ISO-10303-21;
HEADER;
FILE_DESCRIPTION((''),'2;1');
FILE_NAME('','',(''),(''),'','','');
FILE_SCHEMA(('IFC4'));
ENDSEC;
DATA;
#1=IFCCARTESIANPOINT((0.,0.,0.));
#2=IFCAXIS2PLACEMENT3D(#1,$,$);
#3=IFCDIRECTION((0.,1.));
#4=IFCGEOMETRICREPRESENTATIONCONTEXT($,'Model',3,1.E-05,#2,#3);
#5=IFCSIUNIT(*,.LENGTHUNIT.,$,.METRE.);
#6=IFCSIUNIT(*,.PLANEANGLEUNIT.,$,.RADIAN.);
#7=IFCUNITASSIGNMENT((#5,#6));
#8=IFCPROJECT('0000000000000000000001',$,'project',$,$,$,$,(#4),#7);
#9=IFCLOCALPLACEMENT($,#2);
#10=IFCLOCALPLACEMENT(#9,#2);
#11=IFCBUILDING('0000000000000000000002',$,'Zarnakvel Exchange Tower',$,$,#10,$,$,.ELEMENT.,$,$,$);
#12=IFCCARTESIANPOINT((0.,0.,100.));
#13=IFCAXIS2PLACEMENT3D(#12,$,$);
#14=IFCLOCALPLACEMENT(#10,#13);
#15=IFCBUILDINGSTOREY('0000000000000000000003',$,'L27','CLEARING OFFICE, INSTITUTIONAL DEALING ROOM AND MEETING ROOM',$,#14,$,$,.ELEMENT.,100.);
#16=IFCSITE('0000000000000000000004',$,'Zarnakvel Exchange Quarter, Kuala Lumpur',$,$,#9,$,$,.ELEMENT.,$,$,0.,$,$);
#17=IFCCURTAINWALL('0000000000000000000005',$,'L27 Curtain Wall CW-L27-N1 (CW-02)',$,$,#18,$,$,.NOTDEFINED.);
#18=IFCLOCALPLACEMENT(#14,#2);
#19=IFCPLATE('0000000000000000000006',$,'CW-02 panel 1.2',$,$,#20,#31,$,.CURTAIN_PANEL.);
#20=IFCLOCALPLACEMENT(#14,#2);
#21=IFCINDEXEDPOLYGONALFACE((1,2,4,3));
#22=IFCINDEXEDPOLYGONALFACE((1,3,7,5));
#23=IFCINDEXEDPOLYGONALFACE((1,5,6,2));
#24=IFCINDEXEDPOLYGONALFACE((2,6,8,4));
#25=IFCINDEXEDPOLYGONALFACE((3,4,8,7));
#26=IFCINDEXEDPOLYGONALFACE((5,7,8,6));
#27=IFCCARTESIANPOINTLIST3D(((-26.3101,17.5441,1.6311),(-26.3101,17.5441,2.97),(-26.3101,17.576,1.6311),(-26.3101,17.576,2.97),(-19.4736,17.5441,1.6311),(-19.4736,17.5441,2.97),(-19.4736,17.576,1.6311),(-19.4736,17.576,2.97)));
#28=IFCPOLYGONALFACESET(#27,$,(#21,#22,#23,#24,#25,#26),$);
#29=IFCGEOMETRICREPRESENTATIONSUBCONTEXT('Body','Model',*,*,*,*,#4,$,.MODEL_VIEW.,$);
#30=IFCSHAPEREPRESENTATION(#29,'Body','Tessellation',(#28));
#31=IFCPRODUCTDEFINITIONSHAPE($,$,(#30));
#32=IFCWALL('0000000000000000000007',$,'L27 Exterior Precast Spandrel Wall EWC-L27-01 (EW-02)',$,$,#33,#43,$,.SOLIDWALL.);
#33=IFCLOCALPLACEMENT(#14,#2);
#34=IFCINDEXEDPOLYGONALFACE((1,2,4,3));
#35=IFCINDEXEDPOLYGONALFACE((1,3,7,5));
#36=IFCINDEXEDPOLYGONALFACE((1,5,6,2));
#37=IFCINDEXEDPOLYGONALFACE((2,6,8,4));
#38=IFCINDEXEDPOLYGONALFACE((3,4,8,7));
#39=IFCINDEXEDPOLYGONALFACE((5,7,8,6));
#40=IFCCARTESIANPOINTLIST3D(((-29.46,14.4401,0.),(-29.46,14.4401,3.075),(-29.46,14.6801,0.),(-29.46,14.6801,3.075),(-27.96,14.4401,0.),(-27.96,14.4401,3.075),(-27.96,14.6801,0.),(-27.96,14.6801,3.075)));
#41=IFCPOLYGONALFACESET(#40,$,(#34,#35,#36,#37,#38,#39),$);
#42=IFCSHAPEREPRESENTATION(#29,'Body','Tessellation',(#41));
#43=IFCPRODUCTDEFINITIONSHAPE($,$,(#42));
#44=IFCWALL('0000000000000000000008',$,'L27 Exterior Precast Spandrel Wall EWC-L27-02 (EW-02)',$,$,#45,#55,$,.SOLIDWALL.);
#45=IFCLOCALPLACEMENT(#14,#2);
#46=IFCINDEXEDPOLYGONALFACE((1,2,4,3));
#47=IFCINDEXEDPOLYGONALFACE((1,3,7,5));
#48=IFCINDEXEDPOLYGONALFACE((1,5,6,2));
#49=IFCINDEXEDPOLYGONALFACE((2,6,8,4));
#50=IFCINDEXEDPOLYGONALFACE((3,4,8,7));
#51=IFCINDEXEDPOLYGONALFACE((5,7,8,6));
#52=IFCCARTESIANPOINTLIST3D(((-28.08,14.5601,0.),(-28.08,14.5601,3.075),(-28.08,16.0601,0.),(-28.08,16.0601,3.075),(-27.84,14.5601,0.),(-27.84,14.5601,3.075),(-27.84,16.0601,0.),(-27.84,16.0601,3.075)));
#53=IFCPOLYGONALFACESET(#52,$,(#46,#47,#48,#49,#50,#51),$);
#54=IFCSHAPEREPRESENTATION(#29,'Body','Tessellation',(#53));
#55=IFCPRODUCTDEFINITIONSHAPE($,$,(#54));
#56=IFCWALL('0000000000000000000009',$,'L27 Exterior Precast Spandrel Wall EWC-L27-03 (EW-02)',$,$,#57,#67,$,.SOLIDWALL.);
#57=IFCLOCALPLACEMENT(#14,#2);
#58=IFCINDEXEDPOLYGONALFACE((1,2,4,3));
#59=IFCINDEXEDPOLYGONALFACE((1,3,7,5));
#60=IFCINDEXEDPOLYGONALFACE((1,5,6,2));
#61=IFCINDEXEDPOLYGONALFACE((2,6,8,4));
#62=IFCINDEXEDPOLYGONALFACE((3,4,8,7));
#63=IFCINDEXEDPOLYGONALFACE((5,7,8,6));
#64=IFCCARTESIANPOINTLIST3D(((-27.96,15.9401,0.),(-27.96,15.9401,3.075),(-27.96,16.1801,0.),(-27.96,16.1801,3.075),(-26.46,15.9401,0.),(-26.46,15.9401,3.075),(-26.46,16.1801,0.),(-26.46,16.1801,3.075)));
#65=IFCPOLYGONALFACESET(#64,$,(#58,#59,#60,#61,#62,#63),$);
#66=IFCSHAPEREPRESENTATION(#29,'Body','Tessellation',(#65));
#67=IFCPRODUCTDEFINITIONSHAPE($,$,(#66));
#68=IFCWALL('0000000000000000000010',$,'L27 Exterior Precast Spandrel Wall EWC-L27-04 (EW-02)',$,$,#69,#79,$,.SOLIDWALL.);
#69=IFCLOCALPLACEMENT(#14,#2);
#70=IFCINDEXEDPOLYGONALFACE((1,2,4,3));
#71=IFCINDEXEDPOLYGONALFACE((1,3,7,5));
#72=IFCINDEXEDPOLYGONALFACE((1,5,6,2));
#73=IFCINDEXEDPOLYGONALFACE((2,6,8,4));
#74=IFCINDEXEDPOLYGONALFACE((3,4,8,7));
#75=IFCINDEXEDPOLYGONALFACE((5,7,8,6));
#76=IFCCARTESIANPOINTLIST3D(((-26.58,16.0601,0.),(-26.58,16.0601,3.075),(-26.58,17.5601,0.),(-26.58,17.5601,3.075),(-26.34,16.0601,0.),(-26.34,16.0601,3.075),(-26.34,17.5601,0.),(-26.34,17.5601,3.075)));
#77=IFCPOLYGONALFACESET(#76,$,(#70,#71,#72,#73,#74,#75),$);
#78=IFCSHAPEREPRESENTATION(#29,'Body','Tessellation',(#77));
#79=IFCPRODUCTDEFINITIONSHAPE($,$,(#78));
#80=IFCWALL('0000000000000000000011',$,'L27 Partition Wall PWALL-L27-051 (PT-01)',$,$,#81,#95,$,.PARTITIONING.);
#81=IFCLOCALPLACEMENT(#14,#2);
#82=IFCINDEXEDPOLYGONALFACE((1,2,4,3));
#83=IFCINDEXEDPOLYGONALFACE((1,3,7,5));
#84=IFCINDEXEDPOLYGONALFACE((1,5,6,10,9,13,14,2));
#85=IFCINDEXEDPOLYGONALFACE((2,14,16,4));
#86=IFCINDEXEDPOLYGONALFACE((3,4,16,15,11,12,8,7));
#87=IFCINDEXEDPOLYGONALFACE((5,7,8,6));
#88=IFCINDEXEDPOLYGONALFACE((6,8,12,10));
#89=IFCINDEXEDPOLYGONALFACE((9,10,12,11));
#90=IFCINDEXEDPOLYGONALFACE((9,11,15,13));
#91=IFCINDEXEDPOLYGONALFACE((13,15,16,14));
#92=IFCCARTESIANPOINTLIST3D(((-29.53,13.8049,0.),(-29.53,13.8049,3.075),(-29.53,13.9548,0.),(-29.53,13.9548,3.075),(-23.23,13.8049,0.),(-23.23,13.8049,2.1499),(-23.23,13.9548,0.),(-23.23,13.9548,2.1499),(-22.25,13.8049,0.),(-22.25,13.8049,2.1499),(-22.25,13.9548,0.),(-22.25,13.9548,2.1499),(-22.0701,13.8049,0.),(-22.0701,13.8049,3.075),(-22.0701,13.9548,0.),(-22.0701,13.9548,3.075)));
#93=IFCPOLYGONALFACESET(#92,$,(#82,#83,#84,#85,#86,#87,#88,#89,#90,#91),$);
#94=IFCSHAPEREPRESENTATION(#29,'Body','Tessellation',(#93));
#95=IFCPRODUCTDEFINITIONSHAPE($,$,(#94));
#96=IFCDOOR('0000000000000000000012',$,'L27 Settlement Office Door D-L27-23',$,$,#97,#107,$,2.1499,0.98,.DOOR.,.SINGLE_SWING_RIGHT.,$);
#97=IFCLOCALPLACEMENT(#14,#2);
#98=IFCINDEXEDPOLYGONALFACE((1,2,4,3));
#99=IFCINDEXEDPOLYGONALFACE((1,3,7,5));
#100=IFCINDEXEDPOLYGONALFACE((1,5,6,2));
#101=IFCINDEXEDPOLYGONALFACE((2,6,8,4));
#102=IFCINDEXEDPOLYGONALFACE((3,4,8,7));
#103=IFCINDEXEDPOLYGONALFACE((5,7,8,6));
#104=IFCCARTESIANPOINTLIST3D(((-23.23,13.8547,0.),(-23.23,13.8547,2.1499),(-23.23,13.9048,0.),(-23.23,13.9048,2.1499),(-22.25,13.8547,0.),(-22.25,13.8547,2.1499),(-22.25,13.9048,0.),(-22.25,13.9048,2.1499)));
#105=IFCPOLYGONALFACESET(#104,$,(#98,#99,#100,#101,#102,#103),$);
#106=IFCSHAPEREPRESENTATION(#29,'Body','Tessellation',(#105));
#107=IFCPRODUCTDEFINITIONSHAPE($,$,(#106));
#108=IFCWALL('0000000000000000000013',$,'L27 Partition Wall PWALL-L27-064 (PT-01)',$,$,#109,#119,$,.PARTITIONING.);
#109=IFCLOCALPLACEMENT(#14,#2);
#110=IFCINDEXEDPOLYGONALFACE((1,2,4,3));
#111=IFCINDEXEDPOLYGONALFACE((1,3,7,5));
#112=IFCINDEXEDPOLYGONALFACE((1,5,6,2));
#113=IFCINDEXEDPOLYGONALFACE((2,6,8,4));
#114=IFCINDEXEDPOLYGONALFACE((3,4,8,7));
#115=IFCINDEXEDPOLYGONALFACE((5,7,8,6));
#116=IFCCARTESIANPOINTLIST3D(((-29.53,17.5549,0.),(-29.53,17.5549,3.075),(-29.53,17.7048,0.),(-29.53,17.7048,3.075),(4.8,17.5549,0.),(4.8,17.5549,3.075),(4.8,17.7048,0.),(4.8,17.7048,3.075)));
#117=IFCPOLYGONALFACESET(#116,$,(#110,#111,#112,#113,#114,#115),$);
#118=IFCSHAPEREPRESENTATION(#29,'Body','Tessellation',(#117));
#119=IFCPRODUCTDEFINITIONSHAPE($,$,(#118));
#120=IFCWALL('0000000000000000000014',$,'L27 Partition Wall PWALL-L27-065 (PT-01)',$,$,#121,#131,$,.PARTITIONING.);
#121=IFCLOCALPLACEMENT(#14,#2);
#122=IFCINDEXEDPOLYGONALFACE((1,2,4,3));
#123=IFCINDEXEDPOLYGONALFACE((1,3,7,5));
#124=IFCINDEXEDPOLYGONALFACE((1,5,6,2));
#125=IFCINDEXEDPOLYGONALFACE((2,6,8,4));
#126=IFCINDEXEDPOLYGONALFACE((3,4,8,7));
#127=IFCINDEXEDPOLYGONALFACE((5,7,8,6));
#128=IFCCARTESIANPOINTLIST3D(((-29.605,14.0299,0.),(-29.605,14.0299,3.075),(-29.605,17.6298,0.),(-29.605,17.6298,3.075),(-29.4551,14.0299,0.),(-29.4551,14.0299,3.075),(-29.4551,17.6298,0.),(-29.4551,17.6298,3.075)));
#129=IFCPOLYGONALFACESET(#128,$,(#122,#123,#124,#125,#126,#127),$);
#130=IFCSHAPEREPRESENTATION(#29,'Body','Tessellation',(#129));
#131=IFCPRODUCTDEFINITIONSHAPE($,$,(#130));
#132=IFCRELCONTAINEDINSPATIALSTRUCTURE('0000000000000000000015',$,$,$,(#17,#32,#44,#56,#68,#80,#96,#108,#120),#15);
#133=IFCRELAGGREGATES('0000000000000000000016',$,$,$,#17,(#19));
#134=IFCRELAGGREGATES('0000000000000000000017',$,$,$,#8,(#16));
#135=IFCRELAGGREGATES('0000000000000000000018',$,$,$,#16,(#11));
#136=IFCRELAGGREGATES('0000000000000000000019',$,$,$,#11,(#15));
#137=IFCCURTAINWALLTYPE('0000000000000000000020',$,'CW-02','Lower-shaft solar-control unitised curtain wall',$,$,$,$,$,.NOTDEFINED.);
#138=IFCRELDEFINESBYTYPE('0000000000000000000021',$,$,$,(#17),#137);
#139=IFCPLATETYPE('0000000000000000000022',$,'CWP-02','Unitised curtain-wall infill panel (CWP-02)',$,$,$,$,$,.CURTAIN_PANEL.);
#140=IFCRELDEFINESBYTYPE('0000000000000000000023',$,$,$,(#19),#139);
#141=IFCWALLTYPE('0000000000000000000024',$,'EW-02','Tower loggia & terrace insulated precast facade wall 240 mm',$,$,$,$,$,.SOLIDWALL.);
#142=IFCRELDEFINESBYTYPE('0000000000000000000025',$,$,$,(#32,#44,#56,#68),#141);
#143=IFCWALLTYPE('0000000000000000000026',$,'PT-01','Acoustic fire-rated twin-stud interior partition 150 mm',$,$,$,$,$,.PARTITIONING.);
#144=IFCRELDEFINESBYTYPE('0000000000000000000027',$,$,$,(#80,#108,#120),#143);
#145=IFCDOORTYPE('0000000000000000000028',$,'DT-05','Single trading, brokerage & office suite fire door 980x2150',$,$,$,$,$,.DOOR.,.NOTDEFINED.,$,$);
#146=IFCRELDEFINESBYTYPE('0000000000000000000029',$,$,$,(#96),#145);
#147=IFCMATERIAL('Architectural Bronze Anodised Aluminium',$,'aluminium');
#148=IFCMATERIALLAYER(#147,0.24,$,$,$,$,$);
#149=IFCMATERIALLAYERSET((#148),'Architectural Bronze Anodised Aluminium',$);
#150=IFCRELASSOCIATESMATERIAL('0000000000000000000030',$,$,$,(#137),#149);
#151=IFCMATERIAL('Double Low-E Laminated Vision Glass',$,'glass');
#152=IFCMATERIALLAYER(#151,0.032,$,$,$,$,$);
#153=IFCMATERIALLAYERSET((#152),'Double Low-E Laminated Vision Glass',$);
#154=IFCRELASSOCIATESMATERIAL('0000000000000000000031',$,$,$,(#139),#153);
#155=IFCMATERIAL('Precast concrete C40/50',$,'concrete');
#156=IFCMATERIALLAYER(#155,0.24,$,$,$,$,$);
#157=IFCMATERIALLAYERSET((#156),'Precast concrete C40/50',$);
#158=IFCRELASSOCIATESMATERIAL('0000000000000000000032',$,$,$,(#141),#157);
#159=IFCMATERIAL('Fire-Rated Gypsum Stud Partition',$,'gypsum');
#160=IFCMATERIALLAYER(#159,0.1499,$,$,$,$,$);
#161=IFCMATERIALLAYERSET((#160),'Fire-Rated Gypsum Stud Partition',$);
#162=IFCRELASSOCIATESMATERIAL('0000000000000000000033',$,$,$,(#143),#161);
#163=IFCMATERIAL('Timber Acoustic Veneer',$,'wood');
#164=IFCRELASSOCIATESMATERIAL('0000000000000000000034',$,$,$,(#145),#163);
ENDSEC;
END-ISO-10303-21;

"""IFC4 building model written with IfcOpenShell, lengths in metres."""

from ifc_helpers import new_model, si_unit, direction, frame, frame_2d, origin, origin_2d, place, context, subcontext, project, spatial, rectangle, extrude, source, transform, mapped, material, layer, layer_set, type_object, element, fill, aggregate, save


model = new_model("IFC4")

# Units and contexts
model_context = context("Model", 3, precision=1e-05, world=origin(), true_north=direction((0.0, 1.0)))
body_context = subcontext(model_context, "Body", "Model", "MODEL_VIEW")
ifc_project = project(units=[si_unit("LENGTHUNIT", "METRE"), si_unit("PLANEANGLEUNIT", "RADIAN")], contexts=[model_context])

# Site, building, storey
site_placement = place(None, origin())
site = spatial("IfcSite", under=ifc_project, at=site_placement, Name="Zarnakvel Exchange Quarter, Kuala Lumpur", CompositionType="ELEMENT", RefElevation=0.0)
building_placement = place(site_placement, origin())
building = spatial("IfcBuilding", under=site, at=building_placement, Name="Zarnakvel Exchange Tower", CompositionType="ELEMENT")
storey_placement = place(building_placement, frame((0.0, 0.0, 100.0)))
storey = spatial("IfcBuildingStorey", under=building, at=storey_placement, Name="L27", Description="CLEARING OFFICE, INSTITUTIONAL DEALING ROOM AND MEETING ROOM", CompositionType="ELEMENT", Elevation=100.0)

# Curtain wall
ifc_material_1 = material(Name="Architectural Bronze Anodised Aluminium", Category="aluminium")
ifc_layer_1 = layer(ifc_material_1, 0.24)
ifc_layer_set_1 = layer_set([ifc_layer_1], Name="Architectural Bronze Anodised Aluminium")
curtain_wall_type_1 = type_object("IfcCurtainWallType", Name="CW-02", Description="Lower-shaft solar-control unitised curtain wall", PredefinedType="NOTDEFINED", material=ifc_layer_set_1)
curtain_wall_1_placement = place(storey_placement, origin())
curtain_wall_1 = element("IfcCurtainWall", 1, at=curtain_wall_1_placement, inside=storey, type_object=curtain_wall_type_1, Name="L27 Curtain Wall CW-L27-N1 (CW-02)", PredefinedType="NOTDEFINED")

# Plate
ifc_material_2 = material(Name="Double Low-E Laminated Vision Glass", Category="glass")
ifc_layer_2 = layer(ifc_material_2, 0.032)
ifc_layer_set_2 = layer_set([ifc_layer_2], Name="Double Low-E Laminated Vision Glass")
plate_type_1 = type_object("IfcPlateType", Name="CWP-02", Description="Unitised curtain-wall infill panel (CWP-02)", PredefinedType="CURTAIN_PANEL", material=ifc_layer_set_2)
shared_shape_1 = source(origin(), body_context, "Body", "SweptSolid", [
    extrude(rectangle(XDim=6.8364, YDim=0.032, at=origin_2d()), origin(), (0.0, 0.0, 1.0), 1.3389),
])
plate_1_placement = place(storey_placement, frame((-22.8918, 17.5601, 1.6311), z_axis=(0.0, 0.0, 1.0), x_axis=(1.0, 0.0, 0.0)))
plate_1 = element("IfcPlate", 2, at=plate_1_placement, type_object=plate_type_1, Name="CW-02 panel 1.2", PredefinedType="CURTAIN_PANEL", context=body_context, shape_type="MappedRepresentation", body=[
    mapped(shared_shape_1, transform((0.0, 0.0, 0.0), x_axis=(1.0, 0.0, 0.0), y_axis=(0.0, 1.0, 0.0), z_axis=(0.0, 0.0, 1.0), scale=1.0)),
])
aggregate(curtain_wall_1, [plate_1])

# Walls
ifc_material_3 = material(Name="Precast concrete C40/50", Category="concrete")
ifc_layer_3 = layer(ifc_material_3, 0.24)
ifc_layer_set_3 = layer_set([ifc_layer_3], Name="Precast concrete C40/50")
wall_type_1 = type_object("IfcWallType", Name="EW-02", Description="Tower loggia & terrace insulated precast facade wall 240 mm", PredefinedType="SOLIDWALL", material=ifc_layer_set_3)
for number, where, z_axis, x_axis, name in (
    (3, (-27.96, 14.5601, 0.0), (0.0, 0.0, 1.0), (-1.0, 0.0, 0.0), "L27 Exterior Precast Spandrel Wall EWC-L27-01 (EW-02)"),
    (4, (-27.96, 16.0601, 0.0), (0.0, 0.0, 1.0), (0.0, -1.0, 0.0), "L27 Exterior Precast Spandrel Wall EWC-L27-02 (EW-02)"),
    (5, (-26.46, 16.0601, 0.0), (0.0, 0.0, 1.0), (-1.0, 0.0, 0.0), "L27 Exterior Precast Spandrel Wall EWC-L27-03 (EW-02)"),
    (6, (-26.46, 17.5601, 0.0), (0.0, 0.0, 1.0), (0.0, -1.0, 0.0), "L27 Exterior Precast Spandrel Wall EWC-L27-04 (EW-02)"),
):
    element("IfcWall", number, at=place(storey_placement, frame(where, z_axis=z_axis, x_axis=x_axis)), inside=storey, type_object=wall_type_1, Name=name, PredefinedType="SOLIDWALL", context=body_context, shape_type="SweptSolid", body=[
        extrude(rectangle(XDim=1.5, YDim=0.24, at=frame_2d((0.75, 0.0))), origin(), (0.0, 0.0, 1.0), 3.075),
    ])

# Wall, opening, door
ifc_material_4 = material(Name="Fire-Rated Gypsum Stud Partition", Category="gypsum")
ifc_layer_4 = layer(ifc_material_4, 0.1499)
ifc_layer_set_4 = layer_set([ifc_layer_4], Name="Fire-Rated Gypsum Stud Partition")
wall_type_2 = type_object("IfcWallType", Name="PT-01", Description="Acoustic fire-rated twin-stud interior partition 150 mm", PredefinedType="PARTITIONING", material=ifc_layer_set_4)
wall_1_placement = place(storey_placement, frame((-29.53, 13.8799, 0.0), z_axis=(0.0, 0.0, 1.0), x_axis=(1.0, 0.0, 0.0)))
wall_1 = element("IfcWall", 7, at=wall_1_placement, inside=storey, type_object=wall_type_2, Name="L27 Partition Wall PWALL-L27-051 (PT-01)", PredefinedType="PARTITIONING", context=body_context, shape_type="SweptSolid", body=[
    extrude(rectangle(XDim=7.46, YDim=0.1499, at=frame_2d((3.73, 0.0))), origin(), (0.0, 0.0, 1.0), 3.075),
])
opening_placement = place(wall_1_placement, frame((6.3, 0.0, 0.0)))
opening = element("IfcOpeningElement", 8, at=opening_placement, cuts=wall_1, PredefinedType="OPENING", context=body_context, shape_type="SweptSolid", body=[
    extrude(rectangle(XDim=0.98, YDim=2.1499, at=frame_2d((0.49, 1.075))), frame((0.0, 0.085, 0.0), z_axis=(0.0, -1.0, 0.0), x_axis=(1.0, 0.0, 0.0)), (0.0, 0.0, 1.0), 0.1699),
])
ifc_material_5 = material(Name="Timber Acoustic Veneer", Category="wood")
door_type = type_object("IfcDoorType", Name="DT-05", Description="Single trading, brokerage & office suite fire door 980x2150", OperationType="NOTDEFINED", PredefinedType="DOOR", material=ifc_material_5)
shared_shape_2 = source(origin(), body_context, "Body", "SweptSolid", [
    extrude(rectangle(XDim=0.98, YDim=2.1499, at=frame_2d((0.49, 1.075))), frame((0.0, 0.0249, 0.0), z_axis=(0.0, -1.0, 0.0), x_axis=(1.0, 0.0, 0.0)), (0.0, 0.0, 1.0), 0.05),
])
door_placement = place(opening_placement, origin())
door = element("IfcDoor", 9, at=door_placement, inside=storey, type_object=door_type, Name="L27 Settlement Office Door D-L27-23", OperationType="SINGLE_SWING_RIGHT", OverallHeight=2.1499, OverallWidth=0.98, PredefinedType="DOOR", context=body_context, shape_type="MappedRepresentation", body=[
    mapped(shared_shape_2, transform((0.0, 0.0, 0.0), x_axis=(1.0, 0.0, 0.0), y_axis=(0.0, 1.0, 0.0), z_axis=(0.0, 0.0, 1.0), scale=1.0)),
])
fill(opening, door)

# Walls
wall_2_placement = place(storey_placement, frame((-29.53, 17.6299, 0.0), z_axis=(0.0, 0.0, 1.0), x_axis=(1.0, 0.0, 0.0)))
element("IfcWall", 10, at=wall_2_placement, inside=storey, type_object=wall_type_2, Name="L27 Partition Wall PWALL-L27-064 (PT-01)", PredefinedType="PARTITIONING", context=body_context, shape_type="SweptSolid", body=[
    extrude(rectangle(XDim=34.3301, YDim=0.1499, at=frame_2d((17.165, 0.0))), origin(), (0.0, 0.0, 1.0), 3.075),
])
wall_3_placement = place(storey_placement, frame((-29.53, 14.03, 0.0), z_axis=(0.0, 0.0, 1.0), x_axis=(0.0, 1.0, 0.0)))
element("IfcWall", 11, at=wall_3_placement, inside=storey, type_object=wall_type_2, Name="L27 Partition Wall PWALL-L27-065 (PT-01)", PredefinedType="PARTITIONING", context=body_context, shape_type="SweptSolid", body=[
    extrude(rectangle(XDim=3.5999, YDim=0.1499, at=frame_2d((1.7998, 0.0))), origin(), (0.0, 0.0, 1.0), 3.075),
])

save(model, "model.ifc")
